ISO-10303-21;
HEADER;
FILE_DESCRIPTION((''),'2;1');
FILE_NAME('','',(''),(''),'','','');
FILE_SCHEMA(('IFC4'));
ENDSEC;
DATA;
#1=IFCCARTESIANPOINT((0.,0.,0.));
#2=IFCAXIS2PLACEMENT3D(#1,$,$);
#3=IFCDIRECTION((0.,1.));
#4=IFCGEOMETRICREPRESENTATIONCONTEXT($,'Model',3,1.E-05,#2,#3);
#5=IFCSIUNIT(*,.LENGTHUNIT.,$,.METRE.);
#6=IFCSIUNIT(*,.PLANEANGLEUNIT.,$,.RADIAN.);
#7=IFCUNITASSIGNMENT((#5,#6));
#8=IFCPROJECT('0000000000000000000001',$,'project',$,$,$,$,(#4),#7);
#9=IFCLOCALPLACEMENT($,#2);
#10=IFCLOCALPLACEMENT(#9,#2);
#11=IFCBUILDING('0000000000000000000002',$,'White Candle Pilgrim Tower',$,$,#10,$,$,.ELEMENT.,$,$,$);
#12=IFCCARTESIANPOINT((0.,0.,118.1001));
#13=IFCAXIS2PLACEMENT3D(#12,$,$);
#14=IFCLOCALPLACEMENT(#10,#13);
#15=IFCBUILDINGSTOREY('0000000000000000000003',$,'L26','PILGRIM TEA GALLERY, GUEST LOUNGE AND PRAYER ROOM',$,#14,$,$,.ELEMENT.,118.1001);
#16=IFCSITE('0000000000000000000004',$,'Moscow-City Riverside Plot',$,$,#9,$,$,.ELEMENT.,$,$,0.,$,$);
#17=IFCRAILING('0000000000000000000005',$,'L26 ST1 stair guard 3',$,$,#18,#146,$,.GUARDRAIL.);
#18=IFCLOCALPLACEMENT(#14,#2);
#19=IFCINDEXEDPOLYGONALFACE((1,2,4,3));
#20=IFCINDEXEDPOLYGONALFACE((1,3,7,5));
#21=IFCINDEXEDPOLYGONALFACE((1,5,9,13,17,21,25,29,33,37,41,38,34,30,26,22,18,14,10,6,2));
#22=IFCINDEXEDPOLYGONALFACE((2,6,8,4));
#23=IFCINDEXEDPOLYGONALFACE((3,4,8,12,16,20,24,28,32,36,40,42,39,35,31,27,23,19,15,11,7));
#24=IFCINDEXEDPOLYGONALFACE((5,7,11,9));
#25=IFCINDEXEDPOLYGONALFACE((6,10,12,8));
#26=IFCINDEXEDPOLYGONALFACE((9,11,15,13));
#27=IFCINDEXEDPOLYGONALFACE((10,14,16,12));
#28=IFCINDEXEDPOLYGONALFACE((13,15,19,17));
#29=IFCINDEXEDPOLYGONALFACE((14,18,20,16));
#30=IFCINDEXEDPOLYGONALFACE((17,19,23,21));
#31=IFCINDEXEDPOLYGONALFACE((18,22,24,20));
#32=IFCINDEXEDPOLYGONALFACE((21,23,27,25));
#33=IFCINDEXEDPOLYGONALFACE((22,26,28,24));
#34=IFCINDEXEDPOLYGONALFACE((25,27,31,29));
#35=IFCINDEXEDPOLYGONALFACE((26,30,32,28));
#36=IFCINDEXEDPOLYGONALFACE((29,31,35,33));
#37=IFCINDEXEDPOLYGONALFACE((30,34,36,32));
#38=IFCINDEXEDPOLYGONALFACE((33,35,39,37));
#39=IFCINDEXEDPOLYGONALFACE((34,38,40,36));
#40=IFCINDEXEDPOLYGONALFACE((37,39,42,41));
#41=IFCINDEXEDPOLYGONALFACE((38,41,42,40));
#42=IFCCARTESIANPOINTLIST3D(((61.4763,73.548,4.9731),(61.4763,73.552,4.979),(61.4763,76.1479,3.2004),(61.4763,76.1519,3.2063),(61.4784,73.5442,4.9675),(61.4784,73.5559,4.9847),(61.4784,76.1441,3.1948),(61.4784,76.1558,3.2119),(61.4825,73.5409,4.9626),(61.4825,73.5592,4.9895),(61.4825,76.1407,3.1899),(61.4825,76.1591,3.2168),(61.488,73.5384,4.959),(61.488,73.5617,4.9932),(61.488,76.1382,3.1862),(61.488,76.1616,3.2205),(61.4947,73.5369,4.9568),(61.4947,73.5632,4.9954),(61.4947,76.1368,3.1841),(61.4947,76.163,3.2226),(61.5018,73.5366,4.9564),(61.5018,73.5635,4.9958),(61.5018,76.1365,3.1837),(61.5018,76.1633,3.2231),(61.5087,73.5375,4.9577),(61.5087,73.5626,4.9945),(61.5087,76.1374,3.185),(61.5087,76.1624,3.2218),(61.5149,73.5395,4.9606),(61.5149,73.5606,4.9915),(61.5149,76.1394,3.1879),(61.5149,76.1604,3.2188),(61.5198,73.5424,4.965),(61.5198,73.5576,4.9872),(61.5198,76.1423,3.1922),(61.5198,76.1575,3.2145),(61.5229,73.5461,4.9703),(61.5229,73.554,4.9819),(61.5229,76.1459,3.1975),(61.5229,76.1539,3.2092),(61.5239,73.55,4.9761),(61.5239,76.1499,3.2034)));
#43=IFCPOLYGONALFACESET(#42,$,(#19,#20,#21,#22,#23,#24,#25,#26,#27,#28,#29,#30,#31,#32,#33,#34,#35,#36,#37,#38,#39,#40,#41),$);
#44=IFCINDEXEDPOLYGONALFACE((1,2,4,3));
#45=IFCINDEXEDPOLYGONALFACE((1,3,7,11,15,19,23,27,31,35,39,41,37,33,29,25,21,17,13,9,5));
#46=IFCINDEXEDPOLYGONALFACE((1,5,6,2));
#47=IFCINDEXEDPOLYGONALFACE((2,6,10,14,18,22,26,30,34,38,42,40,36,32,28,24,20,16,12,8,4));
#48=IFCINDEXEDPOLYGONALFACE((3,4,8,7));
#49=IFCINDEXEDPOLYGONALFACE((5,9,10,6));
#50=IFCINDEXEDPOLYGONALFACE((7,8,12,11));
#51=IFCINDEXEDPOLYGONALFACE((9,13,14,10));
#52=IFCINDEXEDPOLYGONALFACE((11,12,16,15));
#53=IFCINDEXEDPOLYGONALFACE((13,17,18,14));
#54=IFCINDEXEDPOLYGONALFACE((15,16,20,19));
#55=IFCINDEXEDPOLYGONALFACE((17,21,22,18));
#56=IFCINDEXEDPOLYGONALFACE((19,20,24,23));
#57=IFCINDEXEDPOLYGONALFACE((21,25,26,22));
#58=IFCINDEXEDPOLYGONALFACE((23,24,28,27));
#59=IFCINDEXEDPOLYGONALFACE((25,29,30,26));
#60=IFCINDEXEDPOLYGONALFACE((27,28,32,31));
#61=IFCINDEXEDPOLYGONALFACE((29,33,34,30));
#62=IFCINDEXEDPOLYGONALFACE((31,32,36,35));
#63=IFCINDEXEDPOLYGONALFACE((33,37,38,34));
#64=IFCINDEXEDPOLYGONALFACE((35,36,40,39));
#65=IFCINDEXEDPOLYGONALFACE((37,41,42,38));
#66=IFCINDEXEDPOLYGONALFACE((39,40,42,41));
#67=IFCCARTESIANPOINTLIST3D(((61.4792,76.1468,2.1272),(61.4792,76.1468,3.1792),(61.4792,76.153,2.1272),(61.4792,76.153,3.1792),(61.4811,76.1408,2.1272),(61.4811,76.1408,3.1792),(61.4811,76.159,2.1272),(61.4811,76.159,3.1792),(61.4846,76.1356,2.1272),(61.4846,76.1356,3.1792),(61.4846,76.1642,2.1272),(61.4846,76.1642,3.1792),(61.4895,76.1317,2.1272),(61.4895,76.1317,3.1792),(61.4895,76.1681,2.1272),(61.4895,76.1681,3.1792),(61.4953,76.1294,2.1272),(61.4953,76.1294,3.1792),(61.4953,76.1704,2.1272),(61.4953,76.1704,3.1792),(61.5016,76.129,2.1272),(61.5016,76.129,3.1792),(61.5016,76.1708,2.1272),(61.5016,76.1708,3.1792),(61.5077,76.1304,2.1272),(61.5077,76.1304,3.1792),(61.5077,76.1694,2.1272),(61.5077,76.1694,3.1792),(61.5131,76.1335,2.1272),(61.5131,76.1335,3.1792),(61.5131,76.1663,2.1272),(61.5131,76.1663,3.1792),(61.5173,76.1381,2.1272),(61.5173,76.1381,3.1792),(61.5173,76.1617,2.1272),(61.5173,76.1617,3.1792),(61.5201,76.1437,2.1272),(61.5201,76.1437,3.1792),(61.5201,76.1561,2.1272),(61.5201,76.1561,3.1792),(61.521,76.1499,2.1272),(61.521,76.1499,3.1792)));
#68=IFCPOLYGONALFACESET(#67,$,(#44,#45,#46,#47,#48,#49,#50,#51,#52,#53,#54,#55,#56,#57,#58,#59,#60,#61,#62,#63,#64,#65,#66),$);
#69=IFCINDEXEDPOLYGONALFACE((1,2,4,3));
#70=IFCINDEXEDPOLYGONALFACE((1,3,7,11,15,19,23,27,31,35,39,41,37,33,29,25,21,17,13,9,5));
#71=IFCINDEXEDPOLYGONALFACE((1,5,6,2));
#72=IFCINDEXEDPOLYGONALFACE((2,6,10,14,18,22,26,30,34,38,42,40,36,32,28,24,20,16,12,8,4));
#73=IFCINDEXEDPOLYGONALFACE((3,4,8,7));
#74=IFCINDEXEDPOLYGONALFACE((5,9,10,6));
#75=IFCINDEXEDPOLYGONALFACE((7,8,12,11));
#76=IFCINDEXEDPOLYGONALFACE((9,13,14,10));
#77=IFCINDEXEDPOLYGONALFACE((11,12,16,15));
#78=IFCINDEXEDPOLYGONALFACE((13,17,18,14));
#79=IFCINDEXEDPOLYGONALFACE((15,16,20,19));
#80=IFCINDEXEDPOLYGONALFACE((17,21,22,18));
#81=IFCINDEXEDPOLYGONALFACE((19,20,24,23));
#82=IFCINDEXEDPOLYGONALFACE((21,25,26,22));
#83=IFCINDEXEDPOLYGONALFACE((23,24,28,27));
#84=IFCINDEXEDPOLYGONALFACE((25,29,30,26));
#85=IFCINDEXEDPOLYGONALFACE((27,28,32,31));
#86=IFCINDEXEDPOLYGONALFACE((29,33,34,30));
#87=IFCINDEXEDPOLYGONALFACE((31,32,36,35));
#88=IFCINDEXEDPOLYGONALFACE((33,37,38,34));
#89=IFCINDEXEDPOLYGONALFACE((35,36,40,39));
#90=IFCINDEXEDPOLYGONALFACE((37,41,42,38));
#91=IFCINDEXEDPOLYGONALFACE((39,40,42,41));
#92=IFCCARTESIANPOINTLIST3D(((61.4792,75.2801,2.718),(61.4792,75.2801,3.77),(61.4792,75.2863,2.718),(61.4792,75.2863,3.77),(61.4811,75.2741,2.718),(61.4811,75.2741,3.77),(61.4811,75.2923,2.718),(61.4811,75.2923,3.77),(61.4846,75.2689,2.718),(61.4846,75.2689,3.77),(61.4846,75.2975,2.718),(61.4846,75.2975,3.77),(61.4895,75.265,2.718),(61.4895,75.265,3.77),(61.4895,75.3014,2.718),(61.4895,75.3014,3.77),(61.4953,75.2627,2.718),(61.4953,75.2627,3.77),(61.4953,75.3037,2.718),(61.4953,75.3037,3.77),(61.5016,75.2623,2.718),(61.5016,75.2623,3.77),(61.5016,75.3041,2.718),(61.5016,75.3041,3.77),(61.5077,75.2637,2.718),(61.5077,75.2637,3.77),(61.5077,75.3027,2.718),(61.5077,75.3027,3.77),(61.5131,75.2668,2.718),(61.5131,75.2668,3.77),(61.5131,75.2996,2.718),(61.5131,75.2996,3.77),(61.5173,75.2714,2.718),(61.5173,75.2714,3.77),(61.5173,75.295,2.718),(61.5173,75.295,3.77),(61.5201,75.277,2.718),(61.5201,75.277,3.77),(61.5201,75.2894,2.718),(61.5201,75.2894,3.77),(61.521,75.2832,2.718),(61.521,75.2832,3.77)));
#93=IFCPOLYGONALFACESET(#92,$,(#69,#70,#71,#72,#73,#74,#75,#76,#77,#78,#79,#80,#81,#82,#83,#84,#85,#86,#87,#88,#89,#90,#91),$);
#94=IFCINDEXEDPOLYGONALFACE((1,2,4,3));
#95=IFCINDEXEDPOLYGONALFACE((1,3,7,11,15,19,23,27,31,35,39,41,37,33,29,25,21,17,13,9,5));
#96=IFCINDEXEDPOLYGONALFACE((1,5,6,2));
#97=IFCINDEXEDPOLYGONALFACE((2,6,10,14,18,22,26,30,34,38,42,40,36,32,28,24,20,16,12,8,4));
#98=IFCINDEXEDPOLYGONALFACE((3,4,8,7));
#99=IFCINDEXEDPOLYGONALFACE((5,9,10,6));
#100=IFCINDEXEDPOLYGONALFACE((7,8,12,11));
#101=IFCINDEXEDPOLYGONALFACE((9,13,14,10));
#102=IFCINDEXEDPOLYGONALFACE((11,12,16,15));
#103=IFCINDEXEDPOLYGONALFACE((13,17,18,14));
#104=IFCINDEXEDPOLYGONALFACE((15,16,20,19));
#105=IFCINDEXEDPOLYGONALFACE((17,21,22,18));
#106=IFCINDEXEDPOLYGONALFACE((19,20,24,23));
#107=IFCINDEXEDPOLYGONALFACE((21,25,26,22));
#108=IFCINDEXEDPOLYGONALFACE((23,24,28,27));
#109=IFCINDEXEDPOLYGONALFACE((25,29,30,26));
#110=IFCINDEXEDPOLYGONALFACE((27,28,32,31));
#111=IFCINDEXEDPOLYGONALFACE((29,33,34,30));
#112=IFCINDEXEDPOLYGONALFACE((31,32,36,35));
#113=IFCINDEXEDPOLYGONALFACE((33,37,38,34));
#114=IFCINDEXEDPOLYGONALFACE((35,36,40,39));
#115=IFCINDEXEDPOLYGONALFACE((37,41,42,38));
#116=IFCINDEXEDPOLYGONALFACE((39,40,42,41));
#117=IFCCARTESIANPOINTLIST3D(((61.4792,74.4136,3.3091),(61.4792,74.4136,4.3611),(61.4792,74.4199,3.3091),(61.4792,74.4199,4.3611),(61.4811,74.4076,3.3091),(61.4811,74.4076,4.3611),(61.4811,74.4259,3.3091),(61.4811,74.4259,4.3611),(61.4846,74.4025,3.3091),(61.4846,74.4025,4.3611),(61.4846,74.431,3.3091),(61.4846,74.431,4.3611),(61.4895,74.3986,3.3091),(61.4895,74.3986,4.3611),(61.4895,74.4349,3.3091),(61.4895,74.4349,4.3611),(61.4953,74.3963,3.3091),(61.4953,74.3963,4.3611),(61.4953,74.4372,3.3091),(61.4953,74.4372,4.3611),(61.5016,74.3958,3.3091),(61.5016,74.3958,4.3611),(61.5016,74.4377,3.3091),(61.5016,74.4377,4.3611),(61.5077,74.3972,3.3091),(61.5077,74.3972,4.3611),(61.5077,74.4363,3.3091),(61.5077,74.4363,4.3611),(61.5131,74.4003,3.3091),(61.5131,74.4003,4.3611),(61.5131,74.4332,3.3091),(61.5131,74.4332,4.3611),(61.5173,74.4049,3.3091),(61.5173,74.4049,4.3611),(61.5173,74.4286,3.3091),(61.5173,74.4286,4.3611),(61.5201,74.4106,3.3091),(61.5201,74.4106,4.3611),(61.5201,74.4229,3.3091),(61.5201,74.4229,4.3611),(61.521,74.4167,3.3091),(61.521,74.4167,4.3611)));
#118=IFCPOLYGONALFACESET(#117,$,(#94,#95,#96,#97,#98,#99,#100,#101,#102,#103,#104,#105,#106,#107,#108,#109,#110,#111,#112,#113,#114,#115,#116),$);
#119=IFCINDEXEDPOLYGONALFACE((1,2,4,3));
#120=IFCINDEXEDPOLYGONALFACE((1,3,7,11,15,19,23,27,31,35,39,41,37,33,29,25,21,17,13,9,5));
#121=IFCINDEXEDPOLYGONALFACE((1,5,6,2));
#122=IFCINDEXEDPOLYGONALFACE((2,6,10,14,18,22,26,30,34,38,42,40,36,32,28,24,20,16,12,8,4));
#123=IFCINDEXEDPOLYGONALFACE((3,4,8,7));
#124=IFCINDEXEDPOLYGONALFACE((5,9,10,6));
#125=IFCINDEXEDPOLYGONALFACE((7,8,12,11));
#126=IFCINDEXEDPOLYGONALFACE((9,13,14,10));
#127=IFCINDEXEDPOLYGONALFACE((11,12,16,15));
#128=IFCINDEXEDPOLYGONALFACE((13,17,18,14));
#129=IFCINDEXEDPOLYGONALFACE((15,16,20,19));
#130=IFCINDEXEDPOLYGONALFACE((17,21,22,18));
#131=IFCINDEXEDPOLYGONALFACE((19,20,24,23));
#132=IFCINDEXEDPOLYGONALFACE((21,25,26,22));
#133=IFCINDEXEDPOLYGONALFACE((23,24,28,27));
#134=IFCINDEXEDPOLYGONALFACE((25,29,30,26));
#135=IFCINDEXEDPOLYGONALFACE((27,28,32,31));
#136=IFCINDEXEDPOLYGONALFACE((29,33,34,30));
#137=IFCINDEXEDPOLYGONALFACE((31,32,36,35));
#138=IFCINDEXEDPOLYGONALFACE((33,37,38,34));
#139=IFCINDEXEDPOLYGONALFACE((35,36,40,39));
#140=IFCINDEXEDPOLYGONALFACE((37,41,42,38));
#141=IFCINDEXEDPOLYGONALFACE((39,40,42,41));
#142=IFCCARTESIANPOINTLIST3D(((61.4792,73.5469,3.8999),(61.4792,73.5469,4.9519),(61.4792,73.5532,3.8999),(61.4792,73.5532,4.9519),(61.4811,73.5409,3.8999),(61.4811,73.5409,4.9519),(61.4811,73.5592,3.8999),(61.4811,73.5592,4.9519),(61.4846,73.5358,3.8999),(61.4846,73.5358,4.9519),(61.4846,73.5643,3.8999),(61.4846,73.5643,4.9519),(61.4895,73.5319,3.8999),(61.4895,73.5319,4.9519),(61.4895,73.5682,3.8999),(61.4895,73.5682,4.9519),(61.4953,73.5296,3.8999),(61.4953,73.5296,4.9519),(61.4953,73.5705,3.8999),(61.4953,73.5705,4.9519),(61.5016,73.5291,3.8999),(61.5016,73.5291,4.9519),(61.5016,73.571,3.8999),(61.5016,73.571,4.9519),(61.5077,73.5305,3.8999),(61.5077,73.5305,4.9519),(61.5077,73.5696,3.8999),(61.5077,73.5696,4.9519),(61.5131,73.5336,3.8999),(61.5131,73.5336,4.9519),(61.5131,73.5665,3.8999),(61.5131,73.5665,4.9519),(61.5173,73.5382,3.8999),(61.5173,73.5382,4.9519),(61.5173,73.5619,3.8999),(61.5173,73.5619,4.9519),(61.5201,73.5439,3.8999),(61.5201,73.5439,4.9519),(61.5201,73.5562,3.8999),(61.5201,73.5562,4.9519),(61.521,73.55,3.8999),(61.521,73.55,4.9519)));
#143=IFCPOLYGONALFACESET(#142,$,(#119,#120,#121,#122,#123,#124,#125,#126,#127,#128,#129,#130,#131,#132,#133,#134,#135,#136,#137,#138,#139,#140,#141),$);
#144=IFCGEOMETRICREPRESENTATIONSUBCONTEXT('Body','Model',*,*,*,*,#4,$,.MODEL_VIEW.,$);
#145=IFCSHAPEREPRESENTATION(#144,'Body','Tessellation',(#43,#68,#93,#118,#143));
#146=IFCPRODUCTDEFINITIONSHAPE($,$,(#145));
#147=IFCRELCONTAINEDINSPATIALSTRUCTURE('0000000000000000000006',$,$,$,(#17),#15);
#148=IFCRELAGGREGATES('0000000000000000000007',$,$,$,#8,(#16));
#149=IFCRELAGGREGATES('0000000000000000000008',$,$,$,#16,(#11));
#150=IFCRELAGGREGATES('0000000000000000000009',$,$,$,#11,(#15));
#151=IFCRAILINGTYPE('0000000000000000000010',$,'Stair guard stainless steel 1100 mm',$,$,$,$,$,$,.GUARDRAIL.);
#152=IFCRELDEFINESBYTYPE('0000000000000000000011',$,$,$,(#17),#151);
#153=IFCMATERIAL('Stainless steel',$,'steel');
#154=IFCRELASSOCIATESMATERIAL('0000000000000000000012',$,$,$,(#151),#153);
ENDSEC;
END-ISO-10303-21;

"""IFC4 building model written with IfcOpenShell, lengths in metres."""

from ifc_helpers import new_model, si_unit, direction, frame, origin, origin_2d, place, context, subcontext, project, spatial, circle, extrude, material, type_object, element, save


model = new_model("IFC4")

# Units and contexts
model_context = context("Model", 3, precision=1e-05, world=origin(), true_north=direction((0.0, 1.0)))
body_context = subcontext(model_context, "Body", "Model", "MODEL_VIEW")
ifc_project = project(units=[si_unit("LENGTHUNIT", "METRE"), si_unit("PLANEANGLEUNIT", "RADIAN")], contexts=[model_context])

# Site, building, storey
site_placement = place(None, origin())
site = spatial("IfcSite", under=ifc_project, at=site_placement, Name="Moscow-City Riverside Plot", CompositionType="ELEMENT", RefElevation=0.0)
building_placement = place(site_placement, origin())
building = spatial("IfcBuilding", under=site, at=building_placement, Name="White Candle Pilgrim Tower", CompositionType="ELEMENT")
storey_placement = place(building_placement, frame((0.0, 0.0, 118.1001)))
storey = spatial("IfcBuildingStorey", under=building, at=storey_placement, Name="L26", Description="PILGRIM TEA GALLERY, GUEST LOUNGE AND PRAYER ROOM", CompositionType="ELEMENT", Elevation=118.1001)

# Shared definitions
ifc_material_1 = material(Name="Stainless steel", Category="steel")

# Railing
railing_type_1 = type_object("IfcRailingType", Name="Stair guard stainless steel 1100 mm", PredefinedType="GUARDRAIL", material=ifc_material_1)
railing_1_placement = place(storey_placement, frame((61.5, 76.1499, 2.1272)))
element("IfcRailing", 1, at=railing_1_placement, inside=storey, type_object=railing_type_1, Name="L26 ST1 stair guard 3", PredefinedType="GUARDRAIL", context=body_context, shape_type="SweptSolid", body=[
    extrude(circle(Radius=0.0239, at=origin_2d()), frame((0.0, 0.0, 1.0762), z_axis=(0.0, -0.826216, 0.563354), x_axis=(1.0, 0.0, 0.0)), (0.0, 0.0, 1.0), 3.1467),
    extrude(circle(Radius=0.021, at=origin_2d()), origin(), (0.0, 0.0, 1.0), 1.052),
    extrude(circle(Radius=0.021, at=origin_2d()), frame((0.0, -0.8667, 0.5908)), (0.0, 0.0, 1.0), 1.052),
    extrude(circle(Radius=0.021, at=origin_2d()), frame((0.0, -1.7332, 1.1819)), (0.0, 0.0, 1.0), 1.052),
    extrude(circle(Radius=0.021, at=origin_2d()), frame((0.0, -2.5999, 1.7727)), (0.0, 0.0, 1.0), 1.052),
])

save(model, "model.ifc")
